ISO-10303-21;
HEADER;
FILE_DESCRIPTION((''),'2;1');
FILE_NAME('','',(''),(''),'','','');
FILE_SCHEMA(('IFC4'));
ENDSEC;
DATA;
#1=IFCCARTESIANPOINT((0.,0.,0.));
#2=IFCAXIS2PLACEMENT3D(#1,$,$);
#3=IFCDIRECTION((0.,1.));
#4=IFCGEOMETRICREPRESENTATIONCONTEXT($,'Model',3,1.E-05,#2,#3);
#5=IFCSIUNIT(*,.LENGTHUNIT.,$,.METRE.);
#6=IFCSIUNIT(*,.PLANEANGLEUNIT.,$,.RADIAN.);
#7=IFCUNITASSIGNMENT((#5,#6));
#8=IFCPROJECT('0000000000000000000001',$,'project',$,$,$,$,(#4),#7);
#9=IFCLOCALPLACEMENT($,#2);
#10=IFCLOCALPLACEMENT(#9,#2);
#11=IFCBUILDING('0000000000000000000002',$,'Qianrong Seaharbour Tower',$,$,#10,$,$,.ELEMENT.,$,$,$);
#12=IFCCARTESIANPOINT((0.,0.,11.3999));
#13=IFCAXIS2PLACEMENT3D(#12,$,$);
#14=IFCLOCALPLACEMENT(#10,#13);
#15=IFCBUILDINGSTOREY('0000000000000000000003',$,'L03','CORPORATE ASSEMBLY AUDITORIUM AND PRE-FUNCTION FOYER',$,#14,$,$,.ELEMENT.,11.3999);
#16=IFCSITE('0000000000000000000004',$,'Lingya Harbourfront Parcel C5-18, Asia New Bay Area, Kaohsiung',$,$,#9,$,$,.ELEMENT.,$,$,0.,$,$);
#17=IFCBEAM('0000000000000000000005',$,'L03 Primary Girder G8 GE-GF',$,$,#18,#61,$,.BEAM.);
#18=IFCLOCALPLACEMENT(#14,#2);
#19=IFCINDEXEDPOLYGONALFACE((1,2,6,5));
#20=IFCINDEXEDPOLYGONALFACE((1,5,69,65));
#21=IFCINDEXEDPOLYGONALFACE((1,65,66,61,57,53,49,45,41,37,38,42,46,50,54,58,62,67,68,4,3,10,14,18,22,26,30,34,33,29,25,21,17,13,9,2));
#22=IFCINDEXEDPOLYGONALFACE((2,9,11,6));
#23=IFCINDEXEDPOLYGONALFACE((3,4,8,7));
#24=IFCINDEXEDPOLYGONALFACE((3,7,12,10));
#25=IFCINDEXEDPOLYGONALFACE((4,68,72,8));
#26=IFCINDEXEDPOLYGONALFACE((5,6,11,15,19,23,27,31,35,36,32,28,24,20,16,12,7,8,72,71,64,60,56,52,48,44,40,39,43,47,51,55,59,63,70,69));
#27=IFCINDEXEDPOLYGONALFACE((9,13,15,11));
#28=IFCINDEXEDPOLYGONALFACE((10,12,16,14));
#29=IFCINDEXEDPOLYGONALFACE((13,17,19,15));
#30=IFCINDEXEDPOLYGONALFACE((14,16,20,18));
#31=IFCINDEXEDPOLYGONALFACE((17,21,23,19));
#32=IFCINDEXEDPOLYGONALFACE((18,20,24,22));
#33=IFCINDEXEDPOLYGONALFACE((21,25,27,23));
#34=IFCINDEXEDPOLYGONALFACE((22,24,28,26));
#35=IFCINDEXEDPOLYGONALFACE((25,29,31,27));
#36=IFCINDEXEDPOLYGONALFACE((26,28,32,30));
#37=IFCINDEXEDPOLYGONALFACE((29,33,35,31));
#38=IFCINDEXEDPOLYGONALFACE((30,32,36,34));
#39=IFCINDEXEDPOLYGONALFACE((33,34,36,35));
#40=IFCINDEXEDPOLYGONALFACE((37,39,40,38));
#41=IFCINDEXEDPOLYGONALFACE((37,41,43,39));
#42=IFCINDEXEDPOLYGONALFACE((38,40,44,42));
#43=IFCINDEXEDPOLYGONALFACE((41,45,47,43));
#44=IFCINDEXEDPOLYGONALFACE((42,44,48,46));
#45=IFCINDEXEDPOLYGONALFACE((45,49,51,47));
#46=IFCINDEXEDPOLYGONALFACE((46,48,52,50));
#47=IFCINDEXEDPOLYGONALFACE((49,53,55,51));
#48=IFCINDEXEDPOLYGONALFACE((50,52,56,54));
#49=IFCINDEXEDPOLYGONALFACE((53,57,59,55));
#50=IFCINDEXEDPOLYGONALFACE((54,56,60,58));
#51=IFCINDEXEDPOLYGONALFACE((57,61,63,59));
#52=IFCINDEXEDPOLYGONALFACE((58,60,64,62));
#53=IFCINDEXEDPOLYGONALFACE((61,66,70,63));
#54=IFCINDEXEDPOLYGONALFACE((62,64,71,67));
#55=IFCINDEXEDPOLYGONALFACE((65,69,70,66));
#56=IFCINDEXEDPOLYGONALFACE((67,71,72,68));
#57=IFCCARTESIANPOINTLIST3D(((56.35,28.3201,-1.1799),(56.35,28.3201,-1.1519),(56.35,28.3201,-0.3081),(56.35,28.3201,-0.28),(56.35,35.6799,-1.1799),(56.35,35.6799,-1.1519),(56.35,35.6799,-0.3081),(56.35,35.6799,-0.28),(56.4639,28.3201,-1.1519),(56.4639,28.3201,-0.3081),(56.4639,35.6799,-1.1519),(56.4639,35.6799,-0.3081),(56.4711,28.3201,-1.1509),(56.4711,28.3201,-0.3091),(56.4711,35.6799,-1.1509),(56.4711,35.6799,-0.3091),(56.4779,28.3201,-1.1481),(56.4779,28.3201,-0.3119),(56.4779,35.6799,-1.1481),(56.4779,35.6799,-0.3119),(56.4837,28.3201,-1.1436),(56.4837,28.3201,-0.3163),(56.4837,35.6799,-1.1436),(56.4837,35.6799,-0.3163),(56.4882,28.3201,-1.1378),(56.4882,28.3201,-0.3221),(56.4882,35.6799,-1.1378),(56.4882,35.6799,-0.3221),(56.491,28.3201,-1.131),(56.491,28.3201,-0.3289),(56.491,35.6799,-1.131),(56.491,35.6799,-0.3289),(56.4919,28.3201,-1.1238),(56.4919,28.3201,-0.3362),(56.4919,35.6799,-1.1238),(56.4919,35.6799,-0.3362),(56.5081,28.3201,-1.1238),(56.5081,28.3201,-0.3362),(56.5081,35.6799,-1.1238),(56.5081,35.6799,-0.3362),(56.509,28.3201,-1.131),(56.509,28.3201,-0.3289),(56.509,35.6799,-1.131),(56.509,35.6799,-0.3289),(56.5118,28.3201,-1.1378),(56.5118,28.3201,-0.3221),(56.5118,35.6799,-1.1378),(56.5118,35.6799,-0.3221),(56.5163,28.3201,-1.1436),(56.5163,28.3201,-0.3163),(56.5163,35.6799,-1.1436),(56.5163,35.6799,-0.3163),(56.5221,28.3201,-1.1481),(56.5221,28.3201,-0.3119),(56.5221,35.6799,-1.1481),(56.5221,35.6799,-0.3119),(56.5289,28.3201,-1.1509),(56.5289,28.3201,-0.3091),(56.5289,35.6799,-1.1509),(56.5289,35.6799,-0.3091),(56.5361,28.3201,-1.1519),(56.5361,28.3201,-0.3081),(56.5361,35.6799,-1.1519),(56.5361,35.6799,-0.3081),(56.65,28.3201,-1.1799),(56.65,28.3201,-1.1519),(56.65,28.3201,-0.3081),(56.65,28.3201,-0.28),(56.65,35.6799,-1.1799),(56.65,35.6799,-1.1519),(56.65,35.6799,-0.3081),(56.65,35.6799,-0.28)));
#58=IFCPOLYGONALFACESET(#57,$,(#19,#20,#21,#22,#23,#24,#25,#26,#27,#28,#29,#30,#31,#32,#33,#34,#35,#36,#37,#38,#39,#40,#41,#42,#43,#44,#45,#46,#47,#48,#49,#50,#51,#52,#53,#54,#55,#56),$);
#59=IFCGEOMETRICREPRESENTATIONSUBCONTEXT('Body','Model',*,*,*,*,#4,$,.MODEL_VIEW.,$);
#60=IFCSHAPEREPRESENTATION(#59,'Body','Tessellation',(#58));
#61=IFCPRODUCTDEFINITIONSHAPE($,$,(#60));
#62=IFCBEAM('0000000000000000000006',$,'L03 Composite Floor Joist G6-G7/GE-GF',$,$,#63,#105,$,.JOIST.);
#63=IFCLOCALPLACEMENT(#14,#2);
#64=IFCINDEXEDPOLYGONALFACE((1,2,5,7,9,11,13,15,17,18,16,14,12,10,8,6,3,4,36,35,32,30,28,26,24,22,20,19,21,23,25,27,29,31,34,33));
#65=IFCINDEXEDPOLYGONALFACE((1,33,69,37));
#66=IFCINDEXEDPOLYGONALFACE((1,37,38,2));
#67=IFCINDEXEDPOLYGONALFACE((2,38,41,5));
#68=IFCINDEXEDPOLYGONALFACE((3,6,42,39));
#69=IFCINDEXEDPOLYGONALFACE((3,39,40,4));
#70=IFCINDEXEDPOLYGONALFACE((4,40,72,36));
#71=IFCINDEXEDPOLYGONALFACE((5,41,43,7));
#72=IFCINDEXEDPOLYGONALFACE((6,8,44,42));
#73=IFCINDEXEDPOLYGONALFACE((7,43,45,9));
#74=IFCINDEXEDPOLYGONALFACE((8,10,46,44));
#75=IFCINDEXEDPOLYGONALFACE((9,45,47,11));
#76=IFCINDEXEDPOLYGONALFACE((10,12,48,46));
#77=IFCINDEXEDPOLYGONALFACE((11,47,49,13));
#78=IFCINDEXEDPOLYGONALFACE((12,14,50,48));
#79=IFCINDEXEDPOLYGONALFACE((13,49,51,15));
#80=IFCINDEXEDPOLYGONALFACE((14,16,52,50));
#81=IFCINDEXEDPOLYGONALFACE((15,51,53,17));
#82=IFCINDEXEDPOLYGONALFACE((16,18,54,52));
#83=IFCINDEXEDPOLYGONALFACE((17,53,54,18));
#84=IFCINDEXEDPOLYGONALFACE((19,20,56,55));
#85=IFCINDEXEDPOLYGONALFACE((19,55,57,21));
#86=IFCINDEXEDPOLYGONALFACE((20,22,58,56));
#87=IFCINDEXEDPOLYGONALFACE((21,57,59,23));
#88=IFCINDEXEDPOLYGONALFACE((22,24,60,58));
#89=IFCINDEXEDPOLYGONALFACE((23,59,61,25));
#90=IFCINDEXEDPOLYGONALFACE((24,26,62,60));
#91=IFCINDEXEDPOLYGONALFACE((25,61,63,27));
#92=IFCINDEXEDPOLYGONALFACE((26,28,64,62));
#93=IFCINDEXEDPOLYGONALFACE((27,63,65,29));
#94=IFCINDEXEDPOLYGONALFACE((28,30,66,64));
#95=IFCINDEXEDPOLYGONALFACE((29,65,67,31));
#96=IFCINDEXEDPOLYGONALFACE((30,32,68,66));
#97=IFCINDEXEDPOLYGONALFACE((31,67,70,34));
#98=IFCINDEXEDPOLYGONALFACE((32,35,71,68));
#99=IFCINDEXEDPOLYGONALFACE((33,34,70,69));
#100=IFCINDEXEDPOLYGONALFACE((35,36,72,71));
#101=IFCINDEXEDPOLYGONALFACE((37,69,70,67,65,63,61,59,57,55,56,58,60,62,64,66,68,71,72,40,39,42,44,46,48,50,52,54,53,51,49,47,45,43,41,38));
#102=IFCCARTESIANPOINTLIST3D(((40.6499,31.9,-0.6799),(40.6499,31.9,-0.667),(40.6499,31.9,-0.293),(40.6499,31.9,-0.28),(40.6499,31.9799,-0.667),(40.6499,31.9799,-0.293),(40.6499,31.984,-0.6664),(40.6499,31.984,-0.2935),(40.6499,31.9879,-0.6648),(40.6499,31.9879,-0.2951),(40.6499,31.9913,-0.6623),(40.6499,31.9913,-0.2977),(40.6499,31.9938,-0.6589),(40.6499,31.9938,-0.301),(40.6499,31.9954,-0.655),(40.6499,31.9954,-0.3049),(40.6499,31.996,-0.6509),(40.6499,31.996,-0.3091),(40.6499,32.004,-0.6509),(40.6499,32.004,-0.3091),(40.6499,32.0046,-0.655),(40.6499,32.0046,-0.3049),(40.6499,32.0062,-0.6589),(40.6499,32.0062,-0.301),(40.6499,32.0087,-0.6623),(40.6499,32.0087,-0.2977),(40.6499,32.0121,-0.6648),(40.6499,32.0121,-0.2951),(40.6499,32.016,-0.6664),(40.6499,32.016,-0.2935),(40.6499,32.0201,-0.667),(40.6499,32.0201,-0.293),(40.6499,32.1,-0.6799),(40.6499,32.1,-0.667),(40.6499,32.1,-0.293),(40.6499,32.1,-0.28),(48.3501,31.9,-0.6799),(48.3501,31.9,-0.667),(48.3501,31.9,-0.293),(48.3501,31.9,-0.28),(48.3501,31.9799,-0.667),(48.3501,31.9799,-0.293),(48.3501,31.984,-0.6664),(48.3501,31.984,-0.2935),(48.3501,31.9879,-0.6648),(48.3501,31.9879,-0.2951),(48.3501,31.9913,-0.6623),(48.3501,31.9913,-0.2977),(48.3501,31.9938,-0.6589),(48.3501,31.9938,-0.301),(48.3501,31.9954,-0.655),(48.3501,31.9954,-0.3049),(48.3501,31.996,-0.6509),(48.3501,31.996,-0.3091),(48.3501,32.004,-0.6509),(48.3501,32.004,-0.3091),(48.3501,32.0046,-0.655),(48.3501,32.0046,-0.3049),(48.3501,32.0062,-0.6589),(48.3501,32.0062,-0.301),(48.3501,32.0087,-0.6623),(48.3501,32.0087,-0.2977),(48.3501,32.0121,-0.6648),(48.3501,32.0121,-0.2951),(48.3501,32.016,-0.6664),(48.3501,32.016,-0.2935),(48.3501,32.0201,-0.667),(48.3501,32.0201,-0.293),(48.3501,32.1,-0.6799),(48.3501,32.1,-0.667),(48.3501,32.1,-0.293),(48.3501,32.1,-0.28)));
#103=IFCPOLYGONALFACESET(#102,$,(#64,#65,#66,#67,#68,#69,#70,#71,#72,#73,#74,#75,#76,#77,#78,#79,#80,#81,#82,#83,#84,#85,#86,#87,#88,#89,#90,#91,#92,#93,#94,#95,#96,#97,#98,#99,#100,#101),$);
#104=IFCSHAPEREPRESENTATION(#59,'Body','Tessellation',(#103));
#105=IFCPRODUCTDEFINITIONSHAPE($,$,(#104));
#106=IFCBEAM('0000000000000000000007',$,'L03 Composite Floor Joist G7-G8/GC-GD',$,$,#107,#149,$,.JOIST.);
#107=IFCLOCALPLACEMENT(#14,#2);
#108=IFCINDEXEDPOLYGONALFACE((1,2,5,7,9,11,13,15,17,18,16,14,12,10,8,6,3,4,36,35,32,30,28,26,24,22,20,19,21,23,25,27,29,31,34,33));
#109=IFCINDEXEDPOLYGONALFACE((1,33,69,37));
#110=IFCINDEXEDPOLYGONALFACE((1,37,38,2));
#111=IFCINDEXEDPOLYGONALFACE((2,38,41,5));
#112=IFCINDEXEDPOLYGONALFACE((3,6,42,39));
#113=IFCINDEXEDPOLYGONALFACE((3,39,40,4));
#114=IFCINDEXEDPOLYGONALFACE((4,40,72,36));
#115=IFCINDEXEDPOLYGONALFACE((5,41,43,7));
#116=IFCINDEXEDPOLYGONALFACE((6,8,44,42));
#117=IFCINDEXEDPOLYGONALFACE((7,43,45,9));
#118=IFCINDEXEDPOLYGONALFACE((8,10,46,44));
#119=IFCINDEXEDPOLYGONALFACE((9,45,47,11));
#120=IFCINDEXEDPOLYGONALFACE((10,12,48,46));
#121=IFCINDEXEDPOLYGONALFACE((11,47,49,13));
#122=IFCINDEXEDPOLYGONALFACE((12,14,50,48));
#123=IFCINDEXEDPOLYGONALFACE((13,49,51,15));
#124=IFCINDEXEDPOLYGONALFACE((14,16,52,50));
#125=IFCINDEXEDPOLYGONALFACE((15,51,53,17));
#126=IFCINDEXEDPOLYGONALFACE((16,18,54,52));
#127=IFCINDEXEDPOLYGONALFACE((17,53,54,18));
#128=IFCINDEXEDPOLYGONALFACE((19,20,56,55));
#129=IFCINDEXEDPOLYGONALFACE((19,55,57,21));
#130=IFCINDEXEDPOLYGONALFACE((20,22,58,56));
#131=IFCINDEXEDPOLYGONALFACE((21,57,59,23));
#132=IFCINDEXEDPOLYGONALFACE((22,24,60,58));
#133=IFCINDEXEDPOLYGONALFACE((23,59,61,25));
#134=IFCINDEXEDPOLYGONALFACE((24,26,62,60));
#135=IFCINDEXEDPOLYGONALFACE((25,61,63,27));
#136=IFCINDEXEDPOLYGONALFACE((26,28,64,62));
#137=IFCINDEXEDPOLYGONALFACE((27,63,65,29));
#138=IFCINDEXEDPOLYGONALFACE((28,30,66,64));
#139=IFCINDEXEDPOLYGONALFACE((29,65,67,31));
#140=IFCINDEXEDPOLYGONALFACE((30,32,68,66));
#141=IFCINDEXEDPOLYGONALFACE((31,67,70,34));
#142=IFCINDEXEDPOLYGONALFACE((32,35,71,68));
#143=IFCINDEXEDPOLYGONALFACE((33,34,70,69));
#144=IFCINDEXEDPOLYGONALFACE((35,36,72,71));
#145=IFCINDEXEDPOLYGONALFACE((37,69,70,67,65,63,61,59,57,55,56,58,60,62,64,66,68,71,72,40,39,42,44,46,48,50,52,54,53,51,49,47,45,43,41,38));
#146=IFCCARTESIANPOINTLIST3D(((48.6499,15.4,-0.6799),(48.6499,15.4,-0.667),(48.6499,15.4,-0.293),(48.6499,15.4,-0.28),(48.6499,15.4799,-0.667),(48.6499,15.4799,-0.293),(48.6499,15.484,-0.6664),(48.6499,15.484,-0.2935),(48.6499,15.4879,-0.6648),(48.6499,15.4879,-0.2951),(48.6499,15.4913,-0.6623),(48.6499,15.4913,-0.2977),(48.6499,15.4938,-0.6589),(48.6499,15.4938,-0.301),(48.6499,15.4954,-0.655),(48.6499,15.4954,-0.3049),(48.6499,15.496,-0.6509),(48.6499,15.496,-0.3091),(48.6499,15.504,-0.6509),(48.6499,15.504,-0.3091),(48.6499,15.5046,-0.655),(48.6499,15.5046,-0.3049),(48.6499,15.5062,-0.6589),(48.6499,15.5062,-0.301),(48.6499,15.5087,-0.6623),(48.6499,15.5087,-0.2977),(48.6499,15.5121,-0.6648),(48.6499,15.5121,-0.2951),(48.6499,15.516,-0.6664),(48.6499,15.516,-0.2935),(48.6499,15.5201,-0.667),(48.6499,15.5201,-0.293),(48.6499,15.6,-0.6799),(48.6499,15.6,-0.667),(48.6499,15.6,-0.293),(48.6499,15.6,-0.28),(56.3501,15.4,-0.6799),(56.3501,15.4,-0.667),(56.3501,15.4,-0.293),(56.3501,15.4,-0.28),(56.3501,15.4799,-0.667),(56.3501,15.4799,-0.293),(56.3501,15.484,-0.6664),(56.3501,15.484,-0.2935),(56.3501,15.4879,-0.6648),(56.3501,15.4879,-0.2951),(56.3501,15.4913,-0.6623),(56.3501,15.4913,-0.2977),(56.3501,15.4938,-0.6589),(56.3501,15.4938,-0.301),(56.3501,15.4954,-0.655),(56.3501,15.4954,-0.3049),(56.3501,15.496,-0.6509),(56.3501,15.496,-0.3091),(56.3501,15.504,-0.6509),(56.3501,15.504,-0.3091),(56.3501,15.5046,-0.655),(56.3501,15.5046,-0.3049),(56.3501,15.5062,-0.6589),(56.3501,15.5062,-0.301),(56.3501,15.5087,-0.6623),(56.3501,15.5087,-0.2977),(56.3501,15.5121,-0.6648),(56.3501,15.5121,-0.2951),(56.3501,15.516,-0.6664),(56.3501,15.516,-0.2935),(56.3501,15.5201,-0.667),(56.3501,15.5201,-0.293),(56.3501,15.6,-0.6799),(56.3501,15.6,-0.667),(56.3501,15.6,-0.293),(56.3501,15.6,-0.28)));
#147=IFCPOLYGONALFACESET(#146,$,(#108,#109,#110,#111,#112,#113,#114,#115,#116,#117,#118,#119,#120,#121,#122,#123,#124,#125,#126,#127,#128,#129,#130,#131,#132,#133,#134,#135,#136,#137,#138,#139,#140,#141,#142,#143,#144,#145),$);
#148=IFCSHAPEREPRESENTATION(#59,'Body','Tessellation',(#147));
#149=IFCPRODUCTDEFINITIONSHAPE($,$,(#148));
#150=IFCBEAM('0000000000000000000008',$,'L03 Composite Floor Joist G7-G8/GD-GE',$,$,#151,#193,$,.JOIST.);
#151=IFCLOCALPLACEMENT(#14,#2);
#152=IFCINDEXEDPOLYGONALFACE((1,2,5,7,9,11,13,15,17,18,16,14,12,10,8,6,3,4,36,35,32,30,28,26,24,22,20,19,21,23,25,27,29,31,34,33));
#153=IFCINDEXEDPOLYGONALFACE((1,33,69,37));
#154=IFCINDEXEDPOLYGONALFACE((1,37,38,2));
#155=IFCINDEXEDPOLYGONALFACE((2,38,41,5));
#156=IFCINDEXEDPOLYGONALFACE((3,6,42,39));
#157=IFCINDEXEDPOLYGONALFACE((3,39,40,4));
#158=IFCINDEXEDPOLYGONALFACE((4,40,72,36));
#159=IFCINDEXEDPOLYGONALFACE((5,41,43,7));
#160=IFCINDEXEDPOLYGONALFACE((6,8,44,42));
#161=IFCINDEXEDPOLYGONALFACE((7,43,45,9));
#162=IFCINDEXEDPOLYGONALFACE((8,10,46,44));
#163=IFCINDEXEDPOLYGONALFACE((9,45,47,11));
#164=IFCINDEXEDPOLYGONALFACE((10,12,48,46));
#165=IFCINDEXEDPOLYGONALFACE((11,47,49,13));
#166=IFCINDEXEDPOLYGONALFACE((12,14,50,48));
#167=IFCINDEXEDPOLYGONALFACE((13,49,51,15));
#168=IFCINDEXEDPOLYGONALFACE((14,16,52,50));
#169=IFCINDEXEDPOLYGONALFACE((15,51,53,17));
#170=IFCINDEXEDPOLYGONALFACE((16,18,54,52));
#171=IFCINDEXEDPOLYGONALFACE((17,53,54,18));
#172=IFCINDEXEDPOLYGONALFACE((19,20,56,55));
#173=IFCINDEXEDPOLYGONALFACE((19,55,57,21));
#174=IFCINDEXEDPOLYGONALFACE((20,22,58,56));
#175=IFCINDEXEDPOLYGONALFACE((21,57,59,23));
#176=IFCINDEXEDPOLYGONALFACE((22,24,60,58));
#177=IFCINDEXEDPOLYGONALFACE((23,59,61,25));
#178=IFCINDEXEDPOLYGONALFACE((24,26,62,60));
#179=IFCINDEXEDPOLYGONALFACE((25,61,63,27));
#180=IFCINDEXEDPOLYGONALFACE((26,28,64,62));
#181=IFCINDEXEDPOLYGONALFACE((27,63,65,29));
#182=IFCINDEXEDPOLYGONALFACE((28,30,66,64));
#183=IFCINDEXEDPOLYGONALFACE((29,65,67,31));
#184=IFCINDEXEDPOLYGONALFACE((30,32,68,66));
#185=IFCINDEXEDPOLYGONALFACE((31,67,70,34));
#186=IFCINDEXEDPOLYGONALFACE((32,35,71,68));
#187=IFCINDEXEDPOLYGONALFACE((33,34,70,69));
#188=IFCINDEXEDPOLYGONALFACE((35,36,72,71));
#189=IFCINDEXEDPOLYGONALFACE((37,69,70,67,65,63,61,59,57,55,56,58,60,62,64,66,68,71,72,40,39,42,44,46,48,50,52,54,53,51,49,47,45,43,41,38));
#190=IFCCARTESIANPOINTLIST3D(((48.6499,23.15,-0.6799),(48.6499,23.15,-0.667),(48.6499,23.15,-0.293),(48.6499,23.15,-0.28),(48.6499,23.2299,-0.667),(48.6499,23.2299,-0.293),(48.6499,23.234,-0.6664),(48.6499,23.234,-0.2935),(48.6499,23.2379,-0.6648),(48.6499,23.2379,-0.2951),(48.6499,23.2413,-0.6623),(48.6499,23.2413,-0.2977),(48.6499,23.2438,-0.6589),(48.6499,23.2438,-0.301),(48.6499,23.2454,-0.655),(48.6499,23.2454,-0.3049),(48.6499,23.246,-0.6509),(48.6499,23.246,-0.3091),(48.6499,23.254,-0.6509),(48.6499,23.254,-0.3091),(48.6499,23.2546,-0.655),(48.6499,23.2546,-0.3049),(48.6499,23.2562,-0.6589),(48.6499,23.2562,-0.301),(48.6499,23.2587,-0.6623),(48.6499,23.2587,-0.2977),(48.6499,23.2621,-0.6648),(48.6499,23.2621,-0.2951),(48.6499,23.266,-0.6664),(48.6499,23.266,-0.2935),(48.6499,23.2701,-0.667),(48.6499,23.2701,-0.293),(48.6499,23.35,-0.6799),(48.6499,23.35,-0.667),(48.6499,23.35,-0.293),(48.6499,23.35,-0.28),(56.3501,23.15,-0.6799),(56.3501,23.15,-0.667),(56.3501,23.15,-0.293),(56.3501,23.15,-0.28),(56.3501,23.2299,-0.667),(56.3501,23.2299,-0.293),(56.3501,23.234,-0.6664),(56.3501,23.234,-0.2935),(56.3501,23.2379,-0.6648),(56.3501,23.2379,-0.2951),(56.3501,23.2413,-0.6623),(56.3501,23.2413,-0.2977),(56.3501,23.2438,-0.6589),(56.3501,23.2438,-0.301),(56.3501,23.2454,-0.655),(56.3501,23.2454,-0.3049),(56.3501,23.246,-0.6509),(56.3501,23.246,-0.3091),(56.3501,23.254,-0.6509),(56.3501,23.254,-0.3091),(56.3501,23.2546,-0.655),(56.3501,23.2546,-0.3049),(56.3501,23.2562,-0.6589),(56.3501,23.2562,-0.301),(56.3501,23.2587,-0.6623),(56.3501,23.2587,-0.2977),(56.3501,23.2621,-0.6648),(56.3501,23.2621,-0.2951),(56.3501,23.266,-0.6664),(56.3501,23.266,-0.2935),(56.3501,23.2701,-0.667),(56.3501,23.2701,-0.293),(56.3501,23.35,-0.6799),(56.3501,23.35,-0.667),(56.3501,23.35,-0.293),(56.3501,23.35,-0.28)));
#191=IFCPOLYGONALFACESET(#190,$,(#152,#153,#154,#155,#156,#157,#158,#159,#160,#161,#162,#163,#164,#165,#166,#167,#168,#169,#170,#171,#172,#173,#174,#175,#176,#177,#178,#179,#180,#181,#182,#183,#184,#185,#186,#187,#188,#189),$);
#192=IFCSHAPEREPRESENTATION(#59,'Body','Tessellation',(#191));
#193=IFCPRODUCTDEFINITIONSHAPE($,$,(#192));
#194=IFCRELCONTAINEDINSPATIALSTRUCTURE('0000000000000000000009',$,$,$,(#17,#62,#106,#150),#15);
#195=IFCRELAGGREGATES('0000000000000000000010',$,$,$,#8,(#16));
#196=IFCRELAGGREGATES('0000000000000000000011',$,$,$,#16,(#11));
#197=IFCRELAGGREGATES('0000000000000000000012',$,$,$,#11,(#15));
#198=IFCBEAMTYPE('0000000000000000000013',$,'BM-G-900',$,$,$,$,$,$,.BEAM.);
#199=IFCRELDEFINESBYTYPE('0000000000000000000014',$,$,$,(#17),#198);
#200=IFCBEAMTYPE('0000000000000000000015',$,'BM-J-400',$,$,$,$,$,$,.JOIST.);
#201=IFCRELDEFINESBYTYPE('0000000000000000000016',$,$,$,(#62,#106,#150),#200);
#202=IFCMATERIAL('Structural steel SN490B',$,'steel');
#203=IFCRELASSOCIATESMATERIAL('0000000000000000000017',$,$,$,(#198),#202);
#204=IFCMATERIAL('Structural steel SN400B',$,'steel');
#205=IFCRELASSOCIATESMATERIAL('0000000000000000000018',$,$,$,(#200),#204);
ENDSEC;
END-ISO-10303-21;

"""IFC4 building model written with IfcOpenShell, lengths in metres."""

from ifc_helpers import new_model, si_unit, direction, frame, origin, origin_2d, place, context, subcontext, project, spatial, i_section, extrude, material, material_profile, profile_set, type_object, element, save


model = new_model("IFC4")

# Units and contexts
model_context = context("Model", 3, precision=1e-05, world=origin(), true_north=direction((0.0, 1.0)))
body_context = subcontext(model_context, "Body", "Model", "MODEL_VIEW")
ifc_project = project(units=[si_unit("LENGTHUNIT", "METRE"), si_unit("PLANEANGLEUNIT", "RADIAN")], contexts=[model_context])

# Site, building, storey
site_placement = place(None, origin())
site = spatial("IfcSite", under=ifc_project, at=site_placement, Name="Lingya Harbourfront Parcel C5-18, Asia New Bay Area, Kaohsiung", CompositionType="ELEMENT", RefElevation=0.0)
building_placement = place(site_placement, origin())
building = spatial("IfcBuilding", under=site, at=building_placement, Name="Qianrong Seaharbour Tower", CompositionType="ELEMENT")
storey_placement = place(building_placement, frame((0.0, 0.0, 11.3999)))
storey = spatial("IfcBuildingStorey", under=building, at=storey_placement, Name="L03", Description="CORPORATE ASSEMBLY AUDITORIUM AND PRE-FUNCTION FOYER", CompositionType="ELEMENT", Elevation=11.3999)

# Beams
ifc_material_1 = material(Name="Structural steel SN490B", Category="steel")
ifc_material_profile_1 = material_profile(ifc_material_1, i_section(OverallWidth=0.3, OverallDepth=0.8999, WebThickness=0.0161, FlangeThickness=0.0281, FilletRadius=0.0281, at=origin_2d()), Name="H900x300x16x28")
ifc_profile_set_1 = profile_set([ifc_material_profile_1], Name="Structural steel SN490B")
beam_type_1 = type_object("IfcBeamType", Name="BM-G-900", PredefinedType="BEAM", material=ifc_profile_set_1)
for number, where, z_axis, x_axis, name in (
    (1, (56.5, 28.3201, -0.73), (0.0, 1.0, 0.0), (-1.0, 0.0, 0.0), "L03 Primary Girder G8 GE-GF"),
):
    element("IfcBeam", number, at=place(storey_placement, frame(where, z_axis=z_axis, x_axis=x_axis)), inside=storey, type_object=beam_type_1, Name=name, PredefinedType="BEAM", context=body_context, shape_type="SweptSolid", body=[
        extrude(i_section(OverallWidth=0.3, OverallDepth=0.8999, WebThickness=0.0161, FlangeThickness=0.0281, FilletRadius=0.0281, at=origin_2d()), origin(), (0.0, 0.0, 1.0), 7.3599),
    ])
ifc_material_2 = material(Name="Structural steel SN400B", Category="steel")
ifc_material_profile_2 = material_profile(ifc_material_2, i_section(OverallWidth=0.2, OverallDepth=0.3999, WebThickness=0.0081, FlangeThickness=0.0129, FilletRadius=0.0161, at=origin_2d()), Name="H400x200x8x13")
ifc_profile_set_2 = profile_set([ifc_material_profile_2], Name="Structural steel SN400B")
beam_type_2 = type_object("IfcBeamType", Name="BM-J-400", PredefinedType="JOIST", material=ifc_profile_set_2)
for number, where, z_axis, x_axis, name in (
    (2, (40.6499, 32.0, -0.48), (1.0, 0.0, 0.0), (0.0, 1.0, 0.0), "L03 Composite Floor Joist G6-G7/GE-GF"),
    (3, (48.6499, 15.5, -0.48), (1.0, 0.0, 0.0), (0.0, 1.0, 0.0), "L03 Composite Floor Joist G7-G8/GC-GD"),
    (4, (48.6499, 23.25, -0.48), (1.0, 0.0, 0.0), (0.0, 1.0, 0.0), "L03 Composite Floor Joist G7-G8/GD-GE"),
):
    element("IfcBeam", number, at=place(storey_placement, frame(where, z_axis=z_axis, x_axis=x_axis)), inside=storey, type_object=beam_type_2, Name=name, PredefinedType="JOIST", context=body_context, shape_type="SweptSolid", body=[
        extrude(i_section(OverallWidth=0.2, OverallDepth=0.3999, WebThickness=0.0081, FlangeThickness=0.0129, FilletRadius=0.0161, at=origin_2d()), origin(), (0.0, 0.0, 1.0), 7.7002),
    ])

save(model, "model.ifc")
